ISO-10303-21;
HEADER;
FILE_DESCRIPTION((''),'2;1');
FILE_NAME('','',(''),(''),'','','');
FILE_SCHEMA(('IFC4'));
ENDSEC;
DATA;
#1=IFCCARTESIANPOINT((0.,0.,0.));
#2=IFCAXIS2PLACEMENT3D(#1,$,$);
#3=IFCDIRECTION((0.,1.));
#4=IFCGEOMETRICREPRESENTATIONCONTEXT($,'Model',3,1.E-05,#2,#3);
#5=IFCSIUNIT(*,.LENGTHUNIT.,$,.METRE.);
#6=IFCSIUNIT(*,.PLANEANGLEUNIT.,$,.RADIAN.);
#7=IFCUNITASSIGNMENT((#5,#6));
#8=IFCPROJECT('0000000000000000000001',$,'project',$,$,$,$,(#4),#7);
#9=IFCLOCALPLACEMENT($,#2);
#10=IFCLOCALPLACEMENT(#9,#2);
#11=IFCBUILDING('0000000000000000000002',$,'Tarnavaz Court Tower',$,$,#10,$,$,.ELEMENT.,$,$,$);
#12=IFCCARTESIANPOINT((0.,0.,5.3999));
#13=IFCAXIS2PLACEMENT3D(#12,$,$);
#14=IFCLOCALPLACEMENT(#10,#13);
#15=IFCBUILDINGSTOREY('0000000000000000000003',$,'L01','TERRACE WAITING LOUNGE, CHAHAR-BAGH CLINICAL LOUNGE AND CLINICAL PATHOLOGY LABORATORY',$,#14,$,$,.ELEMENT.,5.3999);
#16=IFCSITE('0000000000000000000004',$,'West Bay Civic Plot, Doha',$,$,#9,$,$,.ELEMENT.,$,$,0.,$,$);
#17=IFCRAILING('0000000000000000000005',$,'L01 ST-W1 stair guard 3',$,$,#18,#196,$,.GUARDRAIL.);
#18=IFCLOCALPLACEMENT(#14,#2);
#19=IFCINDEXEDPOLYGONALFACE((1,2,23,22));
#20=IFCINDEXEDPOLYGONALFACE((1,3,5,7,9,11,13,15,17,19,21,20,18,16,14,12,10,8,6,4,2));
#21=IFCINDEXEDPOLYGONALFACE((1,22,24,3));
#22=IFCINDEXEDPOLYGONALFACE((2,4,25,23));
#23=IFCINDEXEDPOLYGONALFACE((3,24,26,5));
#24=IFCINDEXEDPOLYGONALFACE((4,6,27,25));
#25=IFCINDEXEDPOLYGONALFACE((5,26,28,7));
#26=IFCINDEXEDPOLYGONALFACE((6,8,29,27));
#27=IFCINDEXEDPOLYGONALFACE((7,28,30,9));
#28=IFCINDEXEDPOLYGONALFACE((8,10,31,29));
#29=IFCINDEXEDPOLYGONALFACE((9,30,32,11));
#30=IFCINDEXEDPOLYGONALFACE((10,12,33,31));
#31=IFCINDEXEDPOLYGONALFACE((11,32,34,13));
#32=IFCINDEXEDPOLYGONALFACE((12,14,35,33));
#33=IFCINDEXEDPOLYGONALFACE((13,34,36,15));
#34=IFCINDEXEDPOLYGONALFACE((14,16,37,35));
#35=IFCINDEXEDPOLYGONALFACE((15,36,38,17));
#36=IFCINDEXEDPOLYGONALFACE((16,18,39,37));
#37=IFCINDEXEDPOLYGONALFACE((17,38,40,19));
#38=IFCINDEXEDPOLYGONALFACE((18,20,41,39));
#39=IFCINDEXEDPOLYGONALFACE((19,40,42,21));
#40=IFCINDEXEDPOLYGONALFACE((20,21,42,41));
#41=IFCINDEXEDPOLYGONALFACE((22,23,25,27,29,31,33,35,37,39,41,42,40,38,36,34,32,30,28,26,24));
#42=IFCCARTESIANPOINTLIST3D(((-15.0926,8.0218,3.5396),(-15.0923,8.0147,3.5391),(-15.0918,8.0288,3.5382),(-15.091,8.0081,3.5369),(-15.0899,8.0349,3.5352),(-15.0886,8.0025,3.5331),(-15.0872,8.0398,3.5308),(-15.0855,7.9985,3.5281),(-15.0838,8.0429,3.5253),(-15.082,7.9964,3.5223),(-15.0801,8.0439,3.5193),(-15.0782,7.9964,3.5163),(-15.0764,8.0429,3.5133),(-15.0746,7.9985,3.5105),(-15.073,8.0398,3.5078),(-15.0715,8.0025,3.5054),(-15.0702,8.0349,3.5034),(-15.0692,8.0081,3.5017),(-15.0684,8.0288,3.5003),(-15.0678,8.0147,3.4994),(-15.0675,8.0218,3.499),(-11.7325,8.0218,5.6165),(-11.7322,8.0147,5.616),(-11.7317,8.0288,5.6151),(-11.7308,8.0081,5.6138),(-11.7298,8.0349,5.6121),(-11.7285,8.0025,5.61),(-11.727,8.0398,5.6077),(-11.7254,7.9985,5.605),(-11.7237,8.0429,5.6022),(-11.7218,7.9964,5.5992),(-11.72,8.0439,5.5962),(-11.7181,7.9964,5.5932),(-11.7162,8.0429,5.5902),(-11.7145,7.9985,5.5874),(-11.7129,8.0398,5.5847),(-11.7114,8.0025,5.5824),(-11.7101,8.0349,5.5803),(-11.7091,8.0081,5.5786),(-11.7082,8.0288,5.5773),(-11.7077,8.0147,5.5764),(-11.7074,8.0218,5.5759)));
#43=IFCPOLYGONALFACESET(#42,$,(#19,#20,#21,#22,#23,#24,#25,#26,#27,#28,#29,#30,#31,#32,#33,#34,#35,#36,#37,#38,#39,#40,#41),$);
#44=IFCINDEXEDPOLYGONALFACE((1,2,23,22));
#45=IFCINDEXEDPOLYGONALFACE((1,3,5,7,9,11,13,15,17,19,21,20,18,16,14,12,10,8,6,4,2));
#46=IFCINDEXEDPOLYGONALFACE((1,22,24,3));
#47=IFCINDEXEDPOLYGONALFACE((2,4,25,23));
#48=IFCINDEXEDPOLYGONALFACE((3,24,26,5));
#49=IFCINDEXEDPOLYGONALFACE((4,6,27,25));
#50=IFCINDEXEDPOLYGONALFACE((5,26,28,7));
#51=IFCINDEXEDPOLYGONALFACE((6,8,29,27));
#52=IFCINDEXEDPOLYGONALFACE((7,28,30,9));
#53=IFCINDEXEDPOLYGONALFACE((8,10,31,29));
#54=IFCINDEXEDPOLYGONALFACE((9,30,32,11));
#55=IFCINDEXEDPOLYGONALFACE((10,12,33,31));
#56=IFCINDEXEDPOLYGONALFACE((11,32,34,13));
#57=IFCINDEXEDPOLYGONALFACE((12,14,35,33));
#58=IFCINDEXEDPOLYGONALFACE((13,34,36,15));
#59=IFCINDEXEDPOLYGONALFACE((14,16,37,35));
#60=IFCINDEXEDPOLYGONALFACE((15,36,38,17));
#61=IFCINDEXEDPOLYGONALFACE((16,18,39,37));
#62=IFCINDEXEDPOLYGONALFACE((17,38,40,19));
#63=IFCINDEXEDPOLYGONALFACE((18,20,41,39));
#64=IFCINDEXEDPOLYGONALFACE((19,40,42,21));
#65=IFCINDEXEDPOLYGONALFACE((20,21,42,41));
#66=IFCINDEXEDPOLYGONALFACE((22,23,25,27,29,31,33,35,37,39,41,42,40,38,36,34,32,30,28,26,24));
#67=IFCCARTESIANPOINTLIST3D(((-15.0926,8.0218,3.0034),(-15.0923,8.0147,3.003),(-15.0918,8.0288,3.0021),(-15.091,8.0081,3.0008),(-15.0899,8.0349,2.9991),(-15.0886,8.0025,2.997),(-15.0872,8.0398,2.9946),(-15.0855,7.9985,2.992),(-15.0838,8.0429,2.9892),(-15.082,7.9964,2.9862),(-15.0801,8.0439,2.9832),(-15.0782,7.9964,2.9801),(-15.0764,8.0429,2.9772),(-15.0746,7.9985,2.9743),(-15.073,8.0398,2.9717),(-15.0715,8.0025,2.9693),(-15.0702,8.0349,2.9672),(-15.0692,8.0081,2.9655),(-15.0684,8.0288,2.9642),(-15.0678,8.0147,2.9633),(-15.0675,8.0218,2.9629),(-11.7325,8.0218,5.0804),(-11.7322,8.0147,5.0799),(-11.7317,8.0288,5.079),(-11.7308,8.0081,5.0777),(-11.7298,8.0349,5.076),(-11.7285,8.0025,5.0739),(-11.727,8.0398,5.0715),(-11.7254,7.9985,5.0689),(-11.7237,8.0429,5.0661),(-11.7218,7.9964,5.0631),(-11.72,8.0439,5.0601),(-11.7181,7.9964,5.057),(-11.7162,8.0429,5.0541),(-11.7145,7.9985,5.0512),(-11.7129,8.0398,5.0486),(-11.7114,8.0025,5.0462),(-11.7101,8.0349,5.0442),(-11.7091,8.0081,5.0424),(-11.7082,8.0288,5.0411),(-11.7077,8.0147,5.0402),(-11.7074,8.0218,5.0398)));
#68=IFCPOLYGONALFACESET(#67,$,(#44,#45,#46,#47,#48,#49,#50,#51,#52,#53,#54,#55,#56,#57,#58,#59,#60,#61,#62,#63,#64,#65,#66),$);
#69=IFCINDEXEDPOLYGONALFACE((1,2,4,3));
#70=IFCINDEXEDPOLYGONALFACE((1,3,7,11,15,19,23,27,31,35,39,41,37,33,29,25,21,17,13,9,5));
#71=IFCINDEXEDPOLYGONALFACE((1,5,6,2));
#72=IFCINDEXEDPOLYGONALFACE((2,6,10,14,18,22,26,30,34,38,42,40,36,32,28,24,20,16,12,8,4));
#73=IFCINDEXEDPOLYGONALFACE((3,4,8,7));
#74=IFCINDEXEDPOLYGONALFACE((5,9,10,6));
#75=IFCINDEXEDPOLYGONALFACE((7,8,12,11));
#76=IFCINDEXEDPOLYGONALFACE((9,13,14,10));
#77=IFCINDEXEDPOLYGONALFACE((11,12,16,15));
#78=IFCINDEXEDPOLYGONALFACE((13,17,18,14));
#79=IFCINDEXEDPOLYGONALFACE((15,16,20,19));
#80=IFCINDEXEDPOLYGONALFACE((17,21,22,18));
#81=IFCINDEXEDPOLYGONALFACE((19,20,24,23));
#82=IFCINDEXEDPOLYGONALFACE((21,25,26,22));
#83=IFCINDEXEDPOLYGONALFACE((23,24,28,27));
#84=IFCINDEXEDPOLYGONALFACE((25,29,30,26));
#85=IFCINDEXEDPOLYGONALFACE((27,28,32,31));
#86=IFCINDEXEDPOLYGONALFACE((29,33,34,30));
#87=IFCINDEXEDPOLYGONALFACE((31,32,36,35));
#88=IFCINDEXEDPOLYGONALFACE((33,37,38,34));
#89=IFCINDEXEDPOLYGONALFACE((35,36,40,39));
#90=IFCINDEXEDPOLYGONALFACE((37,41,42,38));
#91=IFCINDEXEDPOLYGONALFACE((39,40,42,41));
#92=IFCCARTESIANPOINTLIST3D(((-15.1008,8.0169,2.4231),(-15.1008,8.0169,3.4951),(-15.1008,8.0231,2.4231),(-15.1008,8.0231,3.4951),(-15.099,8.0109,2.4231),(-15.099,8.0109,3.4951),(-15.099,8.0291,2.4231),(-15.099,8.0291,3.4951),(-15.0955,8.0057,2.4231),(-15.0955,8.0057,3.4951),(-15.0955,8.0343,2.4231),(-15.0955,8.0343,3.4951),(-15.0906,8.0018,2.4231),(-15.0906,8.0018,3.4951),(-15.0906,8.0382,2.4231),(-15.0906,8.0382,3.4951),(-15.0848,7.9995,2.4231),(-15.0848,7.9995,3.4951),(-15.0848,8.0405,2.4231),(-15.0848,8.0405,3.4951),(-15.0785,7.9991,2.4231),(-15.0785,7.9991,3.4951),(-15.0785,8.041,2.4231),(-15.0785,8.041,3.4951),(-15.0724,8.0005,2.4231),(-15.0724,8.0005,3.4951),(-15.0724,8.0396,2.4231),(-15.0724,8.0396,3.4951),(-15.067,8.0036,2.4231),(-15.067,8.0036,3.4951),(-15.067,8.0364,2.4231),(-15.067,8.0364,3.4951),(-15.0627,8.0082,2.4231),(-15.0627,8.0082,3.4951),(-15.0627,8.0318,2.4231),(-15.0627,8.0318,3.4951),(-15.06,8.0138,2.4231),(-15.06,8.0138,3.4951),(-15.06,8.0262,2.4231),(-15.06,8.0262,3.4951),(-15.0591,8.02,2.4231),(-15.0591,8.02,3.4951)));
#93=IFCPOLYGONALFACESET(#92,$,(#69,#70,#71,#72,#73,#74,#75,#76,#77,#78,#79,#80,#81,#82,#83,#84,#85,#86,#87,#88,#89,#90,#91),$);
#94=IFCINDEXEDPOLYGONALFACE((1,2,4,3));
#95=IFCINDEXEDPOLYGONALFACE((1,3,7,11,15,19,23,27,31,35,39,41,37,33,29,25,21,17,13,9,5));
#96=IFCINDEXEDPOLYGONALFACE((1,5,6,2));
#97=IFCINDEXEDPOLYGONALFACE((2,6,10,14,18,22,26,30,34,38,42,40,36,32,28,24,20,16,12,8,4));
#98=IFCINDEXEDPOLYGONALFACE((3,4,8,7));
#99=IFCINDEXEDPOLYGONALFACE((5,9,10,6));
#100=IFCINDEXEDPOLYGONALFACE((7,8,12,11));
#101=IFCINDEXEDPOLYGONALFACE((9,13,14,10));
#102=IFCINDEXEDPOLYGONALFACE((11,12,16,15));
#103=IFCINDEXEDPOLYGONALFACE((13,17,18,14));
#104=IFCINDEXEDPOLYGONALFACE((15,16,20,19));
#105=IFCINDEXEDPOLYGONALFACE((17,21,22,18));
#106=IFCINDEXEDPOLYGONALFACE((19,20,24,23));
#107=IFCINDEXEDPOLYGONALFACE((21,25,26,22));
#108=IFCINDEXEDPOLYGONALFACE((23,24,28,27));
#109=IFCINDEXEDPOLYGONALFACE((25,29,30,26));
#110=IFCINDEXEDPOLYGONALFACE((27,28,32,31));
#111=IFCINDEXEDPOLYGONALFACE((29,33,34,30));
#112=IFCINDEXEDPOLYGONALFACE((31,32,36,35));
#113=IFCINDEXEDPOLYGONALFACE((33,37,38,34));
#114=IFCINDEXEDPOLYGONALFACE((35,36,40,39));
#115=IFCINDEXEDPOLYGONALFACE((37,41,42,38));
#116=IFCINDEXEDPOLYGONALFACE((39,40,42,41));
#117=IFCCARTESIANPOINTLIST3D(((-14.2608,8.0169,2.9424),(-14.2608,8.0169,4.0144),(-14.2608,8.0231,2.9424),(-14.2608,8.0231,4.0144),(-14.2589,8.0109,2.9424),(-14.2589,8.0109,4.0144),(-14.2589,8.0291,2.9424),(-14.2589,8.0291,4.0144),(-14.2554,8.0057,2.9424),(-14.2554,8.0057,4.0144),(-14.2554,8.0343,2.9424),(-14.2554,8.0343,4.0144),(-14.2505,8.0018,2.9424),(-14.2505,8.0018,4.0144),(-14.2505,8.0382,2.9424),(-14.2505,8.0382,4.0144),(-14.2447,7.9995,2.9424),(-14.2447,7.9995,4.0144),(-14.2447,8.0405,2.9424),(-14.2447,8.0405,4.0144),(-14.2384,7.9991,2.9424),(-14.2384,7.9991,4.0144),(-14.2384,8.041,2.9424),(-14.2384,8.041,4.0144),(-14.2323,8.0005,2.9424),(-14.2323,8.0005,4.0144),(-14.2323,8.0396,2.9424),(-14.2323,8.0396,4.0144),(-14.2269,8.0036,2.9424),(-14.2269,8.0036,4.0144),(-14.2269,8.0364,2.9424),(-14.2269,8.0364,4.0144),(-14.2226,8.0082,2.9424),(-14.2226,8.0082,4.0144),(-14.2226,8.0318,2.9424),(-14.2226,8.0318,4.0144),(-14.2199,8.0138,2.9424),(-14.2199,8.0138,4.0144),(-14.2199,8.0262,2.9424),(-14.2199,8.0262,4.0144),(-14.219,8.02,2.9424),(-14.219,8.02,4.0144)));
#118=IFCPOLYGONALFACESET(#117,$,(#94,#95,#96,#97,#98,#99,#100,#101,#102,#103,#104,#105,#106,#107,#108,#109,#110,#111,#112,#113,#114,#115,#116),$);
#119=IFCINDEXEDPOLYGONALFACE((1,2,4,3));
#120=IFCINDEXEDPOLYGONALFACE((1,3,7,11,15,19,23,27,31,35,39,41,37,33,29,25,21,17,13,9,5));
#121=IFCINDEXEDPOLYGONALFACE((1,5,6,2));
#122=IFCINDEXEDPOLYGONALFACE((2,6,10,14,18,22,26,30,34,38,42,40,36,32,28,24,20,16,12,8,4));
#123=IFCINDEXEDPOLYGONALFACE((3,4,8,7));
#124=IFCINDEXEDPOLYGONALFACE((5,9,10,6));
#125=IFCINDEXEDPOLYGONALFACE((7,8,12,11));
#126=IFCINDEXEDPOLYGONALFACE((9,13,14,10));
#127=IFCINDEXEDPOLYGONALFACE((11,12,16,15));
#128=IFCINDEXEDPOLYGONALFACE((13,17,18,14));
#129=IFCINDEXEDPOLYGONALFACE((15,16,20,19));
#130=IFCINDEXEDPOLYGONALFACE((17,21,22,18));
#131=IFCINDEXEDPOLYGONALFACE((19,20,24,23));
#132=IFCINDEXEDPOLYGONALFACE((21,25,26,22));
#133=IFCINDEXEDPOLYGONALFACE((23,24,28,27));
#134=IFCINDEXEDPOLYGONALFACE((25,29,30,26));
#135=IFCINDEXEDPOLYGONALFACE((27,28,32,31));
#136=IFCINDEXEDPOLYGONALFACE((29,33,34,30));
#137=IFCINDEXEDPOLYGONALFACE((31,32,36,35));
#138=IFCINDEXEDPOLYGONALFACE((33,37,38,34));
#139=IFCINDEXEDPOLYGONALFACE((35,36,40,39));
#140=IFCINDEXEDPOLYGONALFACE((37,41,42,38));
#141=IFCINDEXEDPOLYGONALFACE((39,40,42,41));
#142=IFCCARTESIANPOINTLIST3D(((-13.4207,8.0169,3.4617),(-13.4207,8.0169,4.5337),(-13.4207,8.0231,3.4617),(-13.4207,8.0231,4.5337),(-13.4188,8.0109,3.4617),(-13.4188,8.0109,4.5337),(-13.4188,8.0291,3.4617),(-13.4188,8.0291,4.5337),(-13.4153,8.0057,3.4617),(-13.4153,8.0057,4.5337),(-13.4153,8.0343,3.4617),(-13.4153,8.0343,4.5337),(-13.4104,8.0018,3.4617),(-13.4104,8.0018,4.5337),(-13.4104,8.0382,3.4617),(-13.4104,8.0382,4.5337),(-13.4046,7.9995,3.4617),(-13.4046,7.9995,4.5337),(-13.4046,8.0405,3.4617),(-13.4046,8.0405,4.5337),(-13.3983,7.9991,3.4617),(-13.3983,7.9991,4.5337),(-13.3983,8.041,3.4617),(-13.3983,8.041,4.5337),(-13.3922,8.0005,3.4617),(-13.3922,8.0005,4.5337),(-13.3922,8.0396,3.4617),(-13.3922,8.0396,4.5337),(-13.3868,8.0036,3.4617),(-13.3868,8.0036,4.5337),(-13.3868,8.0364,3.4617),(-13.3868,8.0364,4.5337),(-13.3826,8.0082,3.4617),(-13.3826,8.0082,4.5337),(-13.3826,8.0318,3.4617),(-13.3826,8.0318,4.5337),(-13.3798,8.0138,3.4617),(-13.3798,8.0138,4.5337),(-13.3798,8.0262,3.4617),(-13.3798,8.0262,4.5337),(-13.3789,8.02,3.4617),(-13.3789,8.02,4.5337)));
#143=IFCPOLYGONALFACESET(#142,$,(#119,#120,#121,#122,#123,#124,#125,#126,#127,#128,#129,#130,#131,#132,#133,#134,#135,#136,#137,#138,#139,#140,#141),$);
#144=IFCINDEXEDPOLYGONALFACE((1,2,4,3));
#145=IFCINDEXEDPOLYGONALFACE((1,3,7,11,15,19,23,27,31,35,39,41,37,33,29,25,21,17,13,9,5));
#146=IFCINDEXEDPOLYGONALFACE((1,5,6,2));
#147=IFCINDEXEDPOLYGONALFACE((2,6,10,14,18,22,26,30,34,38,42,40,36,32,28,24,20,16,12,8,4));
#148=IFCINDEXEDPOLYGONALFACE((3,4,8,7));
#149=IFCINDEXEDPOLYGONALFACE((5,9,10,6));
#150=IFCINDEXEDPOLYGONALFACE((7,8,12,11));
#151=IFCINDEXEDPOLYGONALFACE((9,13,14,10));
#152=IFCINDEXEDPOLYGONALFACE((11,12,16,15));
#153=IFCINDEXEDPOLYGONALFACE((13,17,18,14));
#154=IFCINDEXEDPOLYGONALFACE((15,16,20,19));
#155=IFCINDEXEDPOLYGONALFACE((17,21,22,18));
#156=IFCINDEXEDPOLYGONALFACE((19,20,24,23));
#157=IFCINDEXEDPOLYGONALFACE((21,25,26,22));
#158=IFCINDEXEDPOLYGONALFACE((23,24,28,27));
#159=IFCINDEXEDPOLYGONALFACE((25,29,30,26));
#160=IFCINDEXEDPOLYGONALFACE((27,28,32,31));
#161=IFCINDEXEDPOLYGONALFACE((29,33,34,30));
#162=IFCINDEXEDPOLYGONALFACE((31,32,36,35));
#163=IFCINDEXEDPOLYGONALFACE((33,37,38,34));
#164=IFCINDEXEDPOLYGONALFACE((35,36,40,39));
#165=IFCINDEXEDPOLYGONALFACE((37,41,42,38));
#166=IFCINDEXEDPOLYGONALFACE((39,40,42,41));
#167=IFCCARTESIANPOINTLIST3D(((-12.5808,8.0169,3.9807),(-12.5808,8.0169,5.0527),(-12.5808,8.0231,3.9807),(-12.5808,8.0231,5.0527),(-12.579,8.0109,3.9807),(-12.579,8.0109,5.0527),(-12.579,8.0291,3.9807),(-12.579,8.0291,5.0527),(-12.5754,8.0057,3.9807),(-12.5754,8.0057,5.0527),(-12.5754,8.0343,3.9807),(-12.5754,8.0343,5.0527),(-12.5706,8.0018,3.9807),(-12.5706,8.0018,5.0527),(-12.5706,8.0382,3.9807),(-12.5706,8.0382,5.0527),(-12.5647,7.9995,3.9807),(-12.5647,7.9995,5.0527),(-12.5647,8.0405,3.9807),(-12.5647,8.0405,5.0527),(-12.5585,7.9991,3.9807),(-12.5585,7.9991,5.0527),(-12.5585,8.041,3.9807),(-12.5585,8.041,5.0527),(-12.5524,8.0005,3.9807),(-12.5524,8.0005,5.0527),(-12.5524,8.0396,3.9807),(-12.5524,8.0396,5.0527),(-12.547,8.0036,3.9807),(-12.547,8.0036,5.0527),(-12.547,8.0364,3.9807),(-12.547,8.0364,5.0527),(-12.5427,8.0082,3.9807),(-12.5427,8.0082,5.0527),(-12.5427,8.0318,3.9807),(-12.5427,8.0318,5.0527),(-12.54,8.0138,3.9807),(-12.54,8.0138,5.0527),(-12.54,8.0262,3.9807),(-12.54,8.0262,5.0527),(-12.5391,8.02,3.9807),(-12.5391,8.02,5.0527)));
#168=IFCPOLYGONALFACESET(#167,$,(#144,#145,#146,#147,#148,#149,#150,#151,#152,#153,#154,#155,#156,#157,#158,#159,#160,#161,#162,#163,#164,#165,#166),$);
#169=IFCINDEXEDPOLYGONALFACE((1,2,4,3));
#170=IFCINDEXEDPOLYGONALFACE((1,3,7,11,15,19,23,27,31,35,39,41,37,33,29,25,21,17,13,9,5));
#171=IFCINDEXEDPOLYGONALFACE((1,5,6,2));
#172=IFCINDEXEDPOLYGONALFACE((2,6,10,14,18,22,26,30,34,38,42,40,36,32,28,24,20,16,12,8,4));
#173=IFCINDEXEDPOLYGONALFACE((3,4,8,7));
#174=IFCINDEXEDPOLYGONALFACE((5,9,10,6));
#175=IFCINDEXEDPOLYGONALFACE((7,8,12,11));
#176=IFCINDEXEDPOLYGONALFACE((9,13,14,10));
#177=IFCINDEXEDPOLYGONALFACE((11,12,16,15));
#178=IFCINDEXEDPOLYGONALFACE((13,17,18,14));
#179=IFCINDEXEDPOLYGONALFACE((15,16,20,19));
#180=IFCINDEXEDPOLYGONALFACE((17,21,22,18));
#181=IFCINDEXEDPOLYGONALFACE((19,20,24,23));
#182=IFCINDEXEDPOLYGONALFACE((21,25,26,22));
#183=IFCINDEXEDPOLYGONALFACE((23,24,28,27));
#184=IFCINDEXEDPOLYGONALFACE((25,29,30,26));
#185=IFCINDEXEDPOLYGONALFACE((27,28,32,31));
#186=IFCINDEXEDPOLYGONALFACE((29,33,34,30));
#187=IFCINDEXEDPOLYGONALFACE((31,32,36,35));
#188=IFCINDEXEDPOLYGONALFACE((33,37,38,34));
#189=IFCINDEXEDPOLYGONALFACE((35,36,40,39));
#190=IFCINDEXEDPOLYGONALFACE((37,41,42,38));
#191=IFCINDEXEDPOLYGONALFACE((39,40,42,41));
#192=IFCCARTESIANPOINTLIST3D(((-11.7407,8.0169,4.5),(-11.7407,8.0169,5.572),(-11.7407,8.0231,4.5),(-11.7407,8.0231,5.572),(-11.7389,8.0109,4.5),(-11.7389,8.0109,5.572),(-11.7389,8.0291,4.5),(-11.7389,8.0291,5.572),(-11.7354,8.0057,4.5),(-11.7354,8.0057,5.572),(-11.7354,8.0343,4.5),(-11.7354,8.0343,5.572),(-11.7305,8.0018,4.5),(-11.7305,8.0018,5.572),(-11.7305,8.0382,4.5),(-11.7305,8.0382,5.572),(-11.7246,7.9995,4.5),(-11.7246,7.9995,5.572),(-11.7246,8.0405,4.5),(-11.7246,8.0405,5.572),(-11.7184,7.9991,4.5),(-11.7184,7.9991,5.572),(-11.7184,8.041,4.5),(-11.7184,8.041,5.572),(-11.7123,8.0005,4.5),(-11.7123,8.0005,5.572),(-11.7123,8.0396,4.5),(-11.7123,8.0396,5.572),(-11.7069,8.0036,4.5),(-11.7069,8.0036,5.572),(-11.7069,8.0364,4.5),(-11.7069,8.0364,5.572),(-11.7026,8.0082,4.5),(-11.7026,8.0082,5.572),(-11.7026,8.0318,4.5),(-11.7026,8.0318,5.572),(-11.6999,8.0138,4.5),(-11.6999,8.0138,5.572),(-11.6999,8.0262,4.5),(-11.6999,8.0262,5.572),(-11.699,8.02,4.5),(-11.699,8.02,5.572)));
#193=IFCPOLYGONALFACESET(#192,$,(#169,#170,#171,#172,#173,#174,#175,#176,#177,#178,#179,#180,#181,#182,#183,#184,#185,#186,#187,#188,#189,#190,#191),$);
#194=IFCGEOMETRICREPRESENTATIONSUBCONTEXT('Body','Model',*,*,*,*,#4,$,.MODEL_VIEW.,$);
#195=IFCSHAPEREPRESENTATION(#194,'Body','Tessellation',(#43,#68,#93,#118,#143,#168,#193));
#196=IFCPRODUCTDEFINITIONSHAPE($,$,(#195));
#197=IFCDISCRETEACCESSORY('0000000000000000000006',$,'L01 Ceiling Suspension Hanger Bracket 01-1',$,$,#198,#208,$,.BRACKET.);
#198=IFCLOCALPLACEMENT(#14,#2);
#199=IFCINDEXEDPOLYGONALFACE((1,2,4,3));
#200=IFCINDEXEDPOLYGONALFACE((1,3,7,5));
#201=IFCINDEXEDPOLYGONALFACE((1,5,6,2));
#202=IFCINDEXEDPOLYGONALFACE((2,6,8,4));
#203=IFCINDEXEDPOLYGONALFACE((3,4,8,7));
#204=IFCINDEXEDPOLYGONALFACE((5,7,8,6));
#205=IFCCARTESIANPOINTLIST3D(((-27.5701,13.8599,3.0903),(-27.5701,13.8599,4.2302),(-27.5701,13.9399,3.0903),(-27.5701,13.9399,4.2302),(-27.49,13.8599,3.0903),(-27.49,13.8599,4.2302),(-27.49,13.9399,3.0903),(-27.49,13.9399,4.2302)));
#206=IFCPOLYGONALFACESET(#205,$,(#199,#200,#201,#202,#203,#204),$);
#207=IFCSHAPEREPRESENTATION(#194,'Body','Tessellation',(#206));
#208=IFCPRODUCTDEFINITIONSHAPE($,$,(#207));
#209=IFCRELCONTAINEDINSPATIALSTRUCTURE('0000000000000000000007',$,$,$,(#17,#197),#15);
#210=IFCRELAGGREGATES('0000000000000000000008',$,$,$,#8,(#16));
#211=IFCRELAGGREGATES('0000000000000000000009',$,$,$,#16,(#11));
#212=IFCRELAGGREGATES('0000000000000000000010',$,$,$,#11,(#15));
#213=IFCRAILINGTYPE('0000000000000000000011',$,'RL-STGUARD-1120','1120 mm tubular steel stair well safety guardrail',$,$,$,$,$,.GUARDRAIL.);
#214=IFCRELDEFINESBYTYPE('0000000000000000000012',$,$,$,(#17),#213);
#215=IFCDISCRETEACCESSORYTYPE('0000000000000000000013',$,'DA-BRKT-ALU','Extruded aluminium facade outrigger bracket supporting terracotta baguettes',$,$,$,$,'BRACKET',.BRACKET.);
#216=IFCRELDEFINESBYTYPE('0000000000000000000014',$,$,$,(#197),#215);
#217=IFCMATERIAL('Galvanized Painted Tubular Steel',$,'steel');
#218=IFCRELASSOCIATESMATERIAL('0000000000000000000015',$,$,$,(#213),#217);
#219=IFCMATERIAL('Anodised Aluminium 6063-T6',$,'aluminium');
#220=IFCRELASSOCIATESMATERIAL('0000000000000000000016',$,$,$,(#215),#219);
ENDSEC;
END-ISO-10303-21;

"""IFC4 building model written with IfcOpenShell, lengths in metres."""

from ifc_helpers import new_model, si_unit, direction, frame, origin, origin_2d, place, context, subcontext, project, spatial, rectangle, circle, extrude, material, type_object, element, save


model = new_model("IFC4")

# Units and contexts
model_context = context("Model", 3, precision=1e-05, world=origin(), true_north=direction((0.0, 1.0)))
body_context = subcontext(model_context, "Body", "Model", "MODEL_VIEW")
ifc_project = project(units=[si_unit("LENGTHUNIT", "METRE"), si_unit("PLANEANGLEUNIT", "RADIAN")], contexts=[model_context])

# Site, building, storey
site_placement = place(None, origin())
site = spatial("IfcSite", under=ifc_project, at=site_placement, Name="West Bay Civic Plot, Doha", CompositionType="ELEMENT", RefElevation=0.0)
building_placement = place(site_placement, origin())
building = spatial("IfcBuilding", under=site, at=building_placement, Name="Tarnavaz Court Tower", CompositionType="ELEMENT")
storey_placement = place(building_placement, frame((0.0, 0.0, 5.3999)))
storey = spatial("IfcBuildingStorey", under=building, at=storey_placement, Name="L01", Description="TERRACE WAITING LOUNGE, CHAHAR-BAGH CLINICAL LOUNGE AND CLINICAL PATHOLOGY LABORATORY", CompositionType="ELEMENT", Elevation=5.3999)

# Railing
ifc_material_1 = material(Name="Galvanized Painted Tubular Steel", Category="steel")
railing_type_1 = type_object("IfcRailingType", Name="RL-STGUARD-1120", Description="1120 mm tubular steel stair well safety guardrail", PredefinedType="GUARDRAIL", material=ifc_material_1)
railing_1_placement = place(storey_placement, frame((-15.0801, 8.02, 2.4231)))
element("IfcRailing", 1, at=railing_1_placement, inside=storey, type_object=railing_type_1, Name="L01 ST-W1 stair guard 3", PredefinedType="GUARDRAIL", context=body_context, shape_type="SweptSolid", body=[
    extrude(circle(Radius=0.0239, at=origin_2d()), frame((0.0, 0.0, 1.0962), z_axis=(0.850623, 0.0, 0.525776), x_axis=(0.0, 1.0, 0.0)), (0.0, 0.0, 1.0), 3.9502),
    extrude(circle(Radius=0.0239, at=origin_2d()), frame((0.0, 0.0, 0.5601), z_axis=(0.850623, 0.0, 0.525776), x_axis=(0.0, 1.0, 0.0)), (0.0, 0.0, 1.0), 3.9502),
    extrude(circle(Radius=0.021, at=origin_2d()), origin(), (0.0, 0.0, 1.0), 1.072),
    extrude(circle(Radius=0.021, at=origin_2d()), frame((0.8401, 0.0, 0.5193)), (0.0, 0.0, 1.0), 1.072),
    extrude(circle(Radius=0.021, at=origin_2d()), frame((1.6802, 0.0, 1.0386)), (0.0, 0.0, 1.0), 1.072),
    extrude(circle(Radius=0.021, at=origin_2d()), frame((2.52, 0.0, 1.5576)), (0.0, 0.0, 1.0), 1.072),
    extrude(circle(Radius=0.021, at=origin_2d()), frame((3.3601, 0.0, 2.0769)), (0.0, 0.0, 1.0), 1.072),
])

# Discrete accessory
ifc_material_2 = material(Name="Anodised Aluminium 6063-T6", Category="aluminium")
discrete_accessory_type = type_object("IfcDiscreteAccessoryType", Name="DA-BRKT-ALU", Description="Extruded aluminium facade outrigger bracket supporting terracotta baguettes", ElementType="BRACKET", PredefinedType="BRACKET", material=ifc_material_2)
for number, where, z_axis, x_axis, name in (
    (2, (-27.53, 13.8999, 3.0903), (0.0, 0.0, 1.0), (1.0, 0.0, 0.0), "L01 Ceiling Suspension Hanger Bracket 01-1"),
):
    element("IfcDiscreteAccessory", number, at=place(storey_placement, frame(where, z_axis=z_axis, x_axis=x_axis)), inside=storey, type_object=discrete_accessory_type, Name=name, PredefinedType="BRACKET", context=body_context, shape_type="SweptSolid", body=[
        extrude(rectangle(XDim=0.0801, YDim=0.0801, at=origin_2d()), origin(), (0.0, 0.0, 1.0), 1.1399),
    ])

save(model, "model.ifc")
